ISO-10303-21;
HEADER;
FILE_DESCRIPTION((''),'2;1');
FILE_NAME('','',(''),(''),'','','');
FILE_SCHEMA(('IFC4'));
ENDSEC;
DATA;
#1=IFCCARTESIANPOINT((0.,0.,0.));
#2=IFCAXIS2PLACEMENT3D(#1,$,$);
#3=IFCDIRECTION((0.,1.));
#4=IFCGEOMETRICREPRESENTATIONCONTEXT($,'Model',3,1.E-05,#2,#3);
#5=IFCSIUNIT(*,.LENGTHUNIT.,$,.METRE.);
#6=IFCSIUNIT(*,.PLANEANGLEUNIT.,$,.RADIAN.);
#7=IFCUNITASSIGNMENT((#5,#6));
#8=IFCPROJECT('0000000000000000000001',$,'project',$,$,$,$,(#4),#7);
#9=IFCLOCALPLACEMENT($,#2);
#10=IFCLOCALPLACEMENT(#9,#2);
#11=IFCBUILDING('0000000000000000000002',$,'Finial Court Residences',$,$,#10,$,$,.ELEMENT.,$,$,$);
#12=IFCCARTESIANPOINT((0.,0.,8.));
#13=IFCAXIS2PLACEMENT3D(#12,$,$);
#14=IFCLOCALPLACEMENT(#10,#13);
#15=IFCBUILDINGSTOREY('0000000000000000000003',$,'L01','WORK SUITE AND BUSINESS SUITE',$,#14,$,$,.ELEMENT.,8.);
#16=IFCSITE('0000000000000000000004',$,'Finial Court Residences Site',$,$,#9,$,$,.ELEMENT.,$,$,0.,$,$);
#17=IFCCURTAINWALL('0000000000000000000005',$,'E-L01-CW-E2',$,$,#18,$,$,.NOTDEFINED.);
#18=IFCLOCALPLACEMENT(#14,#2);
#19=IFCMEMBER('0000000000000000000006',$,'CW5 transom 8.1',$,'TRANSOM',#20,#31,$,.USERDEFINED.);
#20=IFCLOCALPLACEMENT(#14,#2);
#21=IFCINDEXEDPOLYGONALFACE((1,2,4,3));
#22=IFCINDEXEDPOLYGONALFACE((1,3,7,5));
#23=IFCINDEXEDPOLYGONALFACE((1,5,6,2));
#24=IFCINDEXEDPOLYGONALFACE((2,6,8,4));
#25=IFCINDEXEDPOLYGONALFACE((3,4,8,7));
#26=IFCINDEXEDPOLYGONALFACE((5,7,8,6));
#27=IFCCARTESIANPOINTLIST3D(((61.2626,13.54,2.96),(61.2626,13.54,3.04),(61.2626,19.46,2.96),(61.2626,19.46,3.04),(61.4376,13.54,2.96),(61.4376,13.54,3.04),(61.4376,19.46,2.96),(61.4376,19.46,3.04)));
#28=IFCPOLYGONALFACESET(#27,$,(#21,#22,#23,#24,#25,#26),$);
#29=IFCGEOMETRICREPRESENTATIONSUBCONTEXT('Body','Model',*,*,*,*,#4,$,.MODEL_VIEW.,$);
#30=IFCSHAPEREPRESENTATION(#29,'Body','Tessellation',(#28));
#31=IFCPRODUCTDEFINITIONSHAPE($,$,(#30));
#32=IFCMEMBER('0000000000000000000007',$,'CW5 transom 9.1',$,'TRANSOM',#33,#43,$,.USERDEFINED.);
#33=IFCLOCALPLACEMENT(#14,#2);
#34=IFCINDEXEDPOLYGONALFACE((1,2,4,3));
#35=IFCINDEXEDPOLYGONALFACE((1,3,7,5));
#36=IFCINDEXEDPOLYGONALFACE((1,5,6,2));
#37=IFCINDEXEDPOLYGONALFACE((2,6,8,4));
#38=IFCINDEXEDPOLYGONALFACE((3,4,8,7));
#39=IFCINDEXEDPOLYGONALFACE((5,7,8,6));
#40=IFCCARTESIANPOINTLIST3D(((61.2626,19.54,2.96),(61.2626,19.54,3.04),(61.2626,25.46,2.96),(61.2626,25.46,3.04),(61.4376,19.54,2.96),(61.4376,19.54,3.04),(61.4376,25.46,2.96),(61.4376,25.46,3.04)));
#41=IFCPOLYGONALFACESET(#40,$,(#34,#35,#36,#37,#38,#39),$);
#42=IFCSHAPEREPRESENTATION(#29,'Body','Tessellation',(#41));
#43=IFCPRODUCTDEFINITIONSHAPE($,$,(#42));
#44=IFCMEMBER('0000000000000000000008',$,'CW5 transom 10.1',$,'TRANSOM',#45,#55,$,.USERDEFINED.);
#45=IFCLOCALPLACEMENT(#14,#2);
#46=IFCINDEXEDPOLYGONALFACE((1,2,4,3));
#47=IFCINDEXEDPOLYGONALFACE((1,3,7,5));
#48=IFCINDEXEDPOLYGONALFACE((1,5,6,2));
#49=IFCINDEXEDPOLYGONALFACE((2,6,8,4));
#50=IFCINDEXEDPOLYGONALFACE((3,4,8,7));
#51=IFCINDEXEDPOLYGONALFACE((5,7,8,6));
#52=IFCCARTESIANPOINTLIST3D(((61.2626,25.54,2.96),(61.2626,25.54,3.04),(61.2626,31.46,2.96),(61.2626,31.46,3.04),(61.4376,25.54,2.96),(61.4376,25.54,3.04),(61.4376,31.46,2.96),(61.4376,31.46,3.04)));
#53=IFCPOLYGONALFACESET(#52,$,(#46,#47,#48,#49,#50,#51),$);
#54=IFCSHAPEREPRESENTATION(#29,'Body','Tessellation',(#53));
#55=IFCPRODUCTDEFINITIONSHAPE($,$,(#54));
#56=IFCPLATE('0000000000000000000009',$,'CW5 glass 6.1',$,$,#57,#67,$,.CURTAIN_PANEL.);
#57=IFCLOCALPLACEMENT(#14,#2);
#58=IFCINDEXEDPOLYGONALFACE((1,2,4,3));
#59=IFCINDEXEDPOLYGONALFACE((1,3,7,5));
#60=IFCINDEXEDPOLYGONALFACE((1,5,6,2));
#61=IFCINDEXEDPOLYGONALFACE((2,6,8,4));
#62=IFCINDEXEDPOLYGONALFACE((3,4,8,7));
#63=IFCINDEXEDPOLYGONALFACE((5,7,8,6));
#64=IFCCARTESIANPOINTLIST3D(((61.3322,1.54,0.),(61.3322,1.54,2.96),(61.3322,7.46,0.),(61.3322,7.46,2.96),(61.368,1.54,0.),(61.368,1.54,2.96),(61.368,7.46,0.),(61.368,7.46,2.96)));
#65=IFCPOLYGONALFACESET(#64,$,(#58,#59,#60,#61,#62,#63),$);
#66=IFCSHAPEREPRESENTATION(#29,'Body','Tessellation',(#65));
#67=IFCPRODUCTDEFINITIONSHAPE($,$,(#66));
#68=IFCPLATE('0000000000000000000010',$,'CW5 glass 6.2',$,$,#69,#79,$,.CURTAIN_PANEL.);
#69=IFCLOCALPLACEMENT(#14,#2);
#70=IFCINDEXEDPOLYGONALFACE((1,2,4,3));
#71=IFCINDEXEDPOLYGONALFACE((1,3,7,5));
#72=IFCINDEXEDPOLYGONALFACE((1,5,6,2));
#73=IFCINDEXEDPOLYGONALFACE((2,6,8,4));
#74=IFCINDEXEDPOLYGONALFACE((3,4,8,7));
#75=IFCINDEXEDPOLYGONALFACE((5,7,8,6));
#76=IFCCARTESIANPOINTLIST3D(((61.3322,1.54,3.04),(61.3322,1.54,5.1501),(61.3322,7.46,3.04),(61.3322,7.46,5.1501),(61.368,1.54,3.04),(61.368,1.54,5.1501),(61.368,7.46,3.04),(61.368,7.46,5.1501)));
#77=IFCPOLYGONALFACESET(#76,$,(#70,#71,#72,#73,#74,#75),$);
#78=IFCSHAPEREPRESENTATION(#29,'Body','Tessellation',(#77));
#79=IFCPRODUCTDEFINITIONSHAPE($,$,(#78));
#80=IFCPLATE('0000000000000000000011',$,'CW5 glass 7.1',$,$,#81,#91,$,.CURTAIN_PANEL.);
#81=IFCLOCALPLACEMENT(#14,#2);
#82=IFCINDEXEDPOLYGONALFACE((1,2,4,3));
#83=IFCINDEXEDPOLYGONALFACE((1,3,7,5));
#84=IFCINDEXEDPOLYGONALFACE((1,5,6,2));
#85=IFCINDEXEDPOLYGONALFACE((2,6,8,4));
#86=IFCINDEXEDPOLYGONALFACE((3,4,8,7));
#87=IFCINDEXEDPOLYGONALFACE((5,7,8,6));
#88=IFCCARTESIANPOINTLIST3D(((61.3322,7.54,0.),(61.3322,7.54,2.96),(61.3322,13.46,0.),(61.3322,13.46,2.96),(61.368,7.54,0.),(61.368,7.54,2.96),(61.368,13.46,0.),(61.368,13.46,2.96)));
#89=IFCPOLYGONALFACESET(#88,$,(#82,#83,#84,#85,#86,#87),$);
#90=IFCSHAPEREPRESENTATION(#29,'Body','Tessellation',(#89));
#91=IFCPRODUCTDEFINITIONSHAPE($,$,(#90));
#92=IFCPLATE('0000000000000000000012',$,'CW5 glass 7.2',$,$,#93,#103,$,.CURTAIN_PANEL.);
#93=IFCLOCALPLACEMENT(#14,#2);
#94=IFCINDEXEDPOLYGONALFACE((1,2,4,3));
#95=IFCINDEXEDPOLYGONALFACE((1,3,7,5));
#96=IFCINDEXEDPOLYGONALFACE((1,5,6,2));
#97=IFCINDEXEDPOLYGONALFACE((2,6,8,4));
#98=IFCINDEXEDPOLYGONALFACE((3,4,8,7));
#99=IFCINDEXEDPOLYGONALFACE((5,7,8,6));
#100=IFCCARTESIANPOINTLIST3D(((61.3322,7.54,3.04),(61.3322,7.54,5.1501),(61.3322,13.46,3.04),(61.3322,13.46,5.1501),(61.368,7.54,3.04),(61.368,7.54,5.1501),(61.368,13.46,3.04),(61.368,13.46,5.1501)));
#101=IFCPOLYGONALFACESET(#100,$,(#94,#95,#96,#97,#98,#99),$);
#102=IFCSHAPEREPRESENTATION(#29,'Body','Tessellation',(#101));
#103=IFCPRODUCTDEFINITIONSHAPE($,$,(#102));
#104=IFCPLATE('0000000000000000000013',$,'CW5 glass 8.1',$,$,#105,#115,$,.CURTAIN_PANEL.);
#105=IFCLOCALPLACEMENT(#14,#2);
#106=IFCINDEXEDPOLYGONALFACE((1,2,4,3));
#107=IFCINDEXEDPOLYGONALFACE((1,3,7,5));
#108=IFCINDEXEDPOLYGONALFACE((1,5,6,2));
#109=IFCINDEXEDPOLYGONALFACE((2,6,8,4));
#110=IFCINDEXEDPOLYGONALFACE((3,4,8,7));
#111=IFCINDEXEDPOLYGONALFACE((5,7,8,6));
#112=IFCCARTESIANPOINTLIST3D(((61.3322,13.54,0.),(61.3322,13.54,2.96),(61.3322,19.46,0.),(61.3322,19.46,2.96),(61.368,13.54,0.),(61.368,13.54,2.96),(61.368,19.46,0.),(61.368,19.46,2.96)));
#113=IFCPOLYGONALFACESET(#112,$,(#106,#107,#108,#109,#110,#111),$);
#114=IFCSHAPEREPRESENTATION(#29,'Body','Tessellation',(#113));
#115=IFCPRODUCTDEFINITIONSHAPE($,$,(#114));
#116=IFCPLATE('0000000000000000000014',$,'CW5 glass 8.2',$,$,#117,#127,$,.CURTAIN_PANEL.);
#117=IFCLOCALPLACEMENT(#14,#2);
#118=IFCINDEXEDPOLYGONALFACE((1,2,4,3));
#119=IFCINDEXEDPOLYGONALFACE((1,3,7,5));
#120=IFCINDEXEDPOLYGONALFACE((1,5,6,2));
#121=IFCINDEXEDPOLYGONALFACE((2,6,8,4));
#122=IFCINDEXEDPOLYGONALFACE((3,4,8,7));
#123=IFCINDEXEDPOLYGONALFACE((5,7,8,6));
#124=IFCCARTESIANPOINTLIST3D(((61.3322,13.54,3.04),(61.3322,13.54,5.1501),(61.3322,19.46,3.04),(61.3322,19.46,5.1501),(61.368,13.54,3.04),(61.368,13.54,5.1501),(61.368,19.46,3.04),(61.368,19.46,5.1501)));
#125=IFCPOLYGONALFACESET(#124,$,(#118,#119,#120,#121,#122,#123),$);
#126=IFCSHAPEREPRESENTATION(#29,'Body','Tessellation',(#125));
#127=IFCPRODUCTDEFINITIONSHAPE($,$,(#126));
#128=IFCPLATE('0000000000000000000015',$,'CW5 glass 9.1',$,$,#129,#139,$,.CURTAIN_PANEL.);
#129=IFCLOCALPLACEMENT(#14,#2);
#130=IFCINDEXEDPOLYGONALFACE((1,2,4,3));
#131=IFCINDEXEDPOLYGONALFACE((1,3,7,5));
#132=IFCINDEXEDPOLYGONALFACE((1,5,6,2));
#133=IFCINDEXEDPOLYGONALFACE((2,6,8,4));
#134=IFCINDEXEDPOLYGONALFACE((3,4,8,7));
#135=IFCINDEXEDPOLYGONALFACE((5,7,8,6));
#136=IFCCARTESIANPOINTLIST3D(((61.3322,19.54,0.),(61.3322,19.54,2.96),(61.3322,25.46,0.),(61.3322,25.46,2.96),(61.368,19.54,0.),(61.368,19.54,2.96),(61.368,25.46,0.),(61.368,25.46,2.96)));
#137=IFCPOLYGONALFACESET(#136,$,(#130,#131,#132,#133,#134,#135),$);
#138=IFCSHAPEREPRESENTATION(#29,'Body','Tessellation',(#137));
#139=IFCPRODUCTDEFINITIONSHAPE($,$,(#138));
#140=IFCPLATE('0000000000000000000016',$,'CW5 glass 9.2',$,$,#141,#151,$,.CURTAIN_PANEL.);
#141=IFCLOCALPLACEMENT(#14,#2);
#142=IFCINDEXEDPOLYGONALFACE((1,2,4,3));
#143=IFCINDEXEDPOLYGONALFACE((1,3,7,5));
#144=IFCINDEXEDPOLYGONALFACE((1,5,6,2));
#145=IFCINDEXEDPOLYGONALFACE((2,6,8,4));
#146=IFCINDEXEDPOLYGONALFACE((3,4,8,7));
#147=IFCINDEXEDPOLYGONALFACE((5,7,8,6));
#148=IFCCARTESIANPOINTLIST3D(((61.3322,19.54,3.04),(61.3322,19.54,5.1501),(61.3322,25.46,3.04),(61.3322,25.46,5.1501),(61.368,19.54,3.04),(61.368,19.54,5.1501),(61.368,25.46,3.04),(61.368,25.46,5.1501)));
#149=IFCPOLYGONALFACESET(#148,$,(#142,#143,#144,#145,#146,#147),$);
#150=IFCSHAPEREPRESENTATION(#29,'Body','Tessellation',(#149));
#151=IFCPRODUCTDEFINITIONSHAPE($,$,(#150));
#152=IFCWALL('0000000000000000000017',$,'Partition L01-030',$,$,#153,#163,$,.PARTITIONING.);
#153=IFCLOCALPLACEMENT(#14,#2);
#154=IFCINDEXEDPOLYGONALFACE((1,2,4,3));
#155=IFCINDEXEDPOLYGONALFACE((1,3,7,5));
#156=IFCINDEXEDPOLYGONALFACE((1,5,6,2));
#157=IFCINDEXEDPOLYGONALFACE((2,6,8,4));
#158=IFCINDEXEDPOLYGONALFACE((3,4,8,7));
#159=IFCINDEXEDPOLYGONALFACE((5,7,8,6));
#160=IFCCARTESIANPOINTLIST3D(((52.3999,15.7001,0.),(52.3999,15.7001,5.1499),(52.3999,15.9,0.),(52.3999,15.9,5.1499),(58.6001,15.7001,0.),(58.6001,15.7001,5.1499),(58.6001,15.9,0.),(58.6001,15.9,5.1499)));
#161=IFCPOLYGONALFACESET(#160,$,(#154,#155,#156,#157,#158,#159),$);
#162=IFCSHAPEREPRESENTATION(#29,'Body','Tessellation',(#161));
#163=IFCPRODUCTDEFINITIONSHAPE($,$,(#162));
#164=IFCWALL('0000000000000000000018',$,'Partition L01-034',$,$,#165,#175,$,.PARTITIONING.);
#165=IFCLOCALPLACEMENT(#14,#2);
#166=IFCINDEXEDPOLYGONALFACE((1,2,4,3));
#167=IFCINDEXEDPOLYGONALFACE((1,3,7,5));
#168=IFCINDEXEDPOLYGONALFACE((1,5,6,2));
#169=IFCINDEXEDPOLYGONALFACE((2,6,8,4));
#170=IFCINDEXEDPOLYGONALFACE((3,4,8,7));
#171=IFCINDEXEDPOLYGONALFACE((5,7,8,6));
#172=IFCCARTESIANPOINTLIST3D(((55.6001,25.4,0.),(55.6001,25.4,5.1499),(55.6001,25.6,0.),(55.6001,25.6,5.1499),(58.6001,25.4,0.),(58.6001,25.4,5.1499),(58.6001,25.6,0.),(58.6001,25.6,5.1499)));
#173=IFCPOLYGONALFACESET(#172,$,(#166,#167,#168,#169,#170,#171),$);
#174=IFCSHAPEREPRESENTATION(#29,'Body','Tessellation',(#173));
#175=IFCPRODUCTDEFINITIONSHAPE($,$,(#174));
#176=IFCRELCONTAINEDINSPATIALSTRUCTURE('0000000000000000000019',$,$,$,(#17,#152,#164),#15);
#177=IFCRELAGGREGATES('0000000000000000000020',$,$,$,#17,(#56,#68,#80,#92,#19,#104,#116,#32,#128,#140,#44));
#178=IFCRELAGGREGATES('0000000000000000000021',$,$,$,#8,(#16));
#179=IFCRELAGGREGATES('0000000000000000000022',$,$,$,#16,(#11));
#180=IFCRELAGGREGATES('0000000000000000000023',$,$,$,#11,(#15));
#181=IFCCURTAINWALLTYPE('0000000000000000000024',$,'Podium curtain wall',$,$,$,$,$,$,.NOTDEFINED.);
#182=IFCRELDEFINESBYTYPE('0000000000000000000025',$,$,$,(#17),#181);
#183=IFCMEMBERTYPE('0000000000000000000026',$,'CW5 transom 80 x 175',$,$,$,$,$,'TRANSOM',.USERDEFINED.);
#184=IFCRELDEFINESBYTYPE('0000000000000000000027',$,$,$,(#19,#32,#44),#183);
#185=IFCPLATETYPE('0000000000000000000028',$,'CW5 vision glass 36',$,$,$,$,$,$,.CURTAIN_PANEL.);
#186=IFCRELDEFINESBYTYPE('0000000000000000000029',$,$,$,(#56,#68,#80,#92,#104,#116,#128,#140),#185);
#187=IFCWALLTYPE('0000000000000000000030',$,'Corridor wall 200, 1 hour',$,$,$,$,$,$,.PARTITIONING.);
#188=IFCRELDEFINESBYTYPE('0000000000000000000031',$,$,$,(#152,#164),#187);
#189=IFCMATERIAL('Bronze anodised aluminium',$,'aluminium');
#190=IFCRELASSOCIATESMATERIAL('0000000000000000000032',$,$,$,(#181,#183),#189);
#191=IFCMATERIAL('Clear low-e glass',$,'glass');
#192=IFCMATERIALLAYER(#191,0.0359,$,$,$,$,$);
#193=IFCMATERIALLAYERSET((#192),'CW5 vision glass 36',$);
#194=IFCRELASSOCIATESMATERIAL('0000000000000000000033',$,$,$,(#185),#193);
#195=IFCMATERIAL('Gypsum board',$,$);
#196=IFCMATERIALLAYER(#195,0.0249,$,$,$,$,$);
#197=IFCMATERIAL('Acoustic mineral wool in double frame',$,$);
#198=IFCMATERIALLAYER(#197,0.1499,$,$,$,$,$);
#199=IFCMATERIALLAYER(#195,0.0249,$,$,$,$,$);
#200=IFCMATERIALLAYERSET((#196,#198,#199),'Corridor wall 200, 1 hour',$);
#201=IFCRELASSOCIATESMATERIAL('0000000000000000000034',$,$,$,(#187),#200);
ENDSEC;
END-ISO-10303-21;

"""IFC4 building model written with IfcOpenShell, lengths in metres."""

from ifc_helpers import new_model, si_unit, direction, frame, frame_2d, origin, origin_2d, place, context, subcontext, project, spatial, rectangle, extrude, material, layer, layer_set, material_profile, profile_set, type_object, element, aggregate, save


model = new_model("IFC4")

# Units and contexts
model_context = context("Model", 3, precision=1e-05, world=origin(), true_north=direction((0.0, 1.0)))
body_context = subcontext(model_context, "Body", "Model", "MODEL_VIEW")
ifc_project = project(units=[si_unit("LENGTHUNIT", "METRE"), si_unit("PLANEANGLEUNIT", "RADIAN")], contexts=[model_context])

# Site, building, storey
site_placement = place(None, origin())
site = spatial("IfcSite", under=ifc_project, at=site_placement, Name="Finial Court Residences Site", CompositionType="ELEMENT", RefElevation=0.0)
building_placement = place(site_placement, origin())
building = spatial("IfcBuilding", under=site, at=building_placement, Name="Finial Court Residences", CompositionType="ELEMENT")
storey_placement = place(building_placement, frame((0.0, 0.0, 8.0)))
storey = spatial("IfcBuildingStorey", under=building, at=storey_placement, Name="L01", Description="WORK SUITE AND BUSINESS SUITE", CompositionType="ELEMENT", Elevation=8.0)

# Curtain wall, members, plates
ifc_material_1 = material(Name="Bronze anodised aluminium", Category="aluminium")
curtain_wall_type = type_object("IfcCurtainWallType", Name="Podium curtain wall", PredefinedType="NOTDEFINED", material=ifc_material_1)
curtain_wall_placement = place(storey_placement, origin())
curtain_wall = element("IfcCurtainWall", 1, at=curtain_wall_placement, inside=storey, type_object=curtain_wall_type, Name="E-L01-CW-E2", PredefinedType="NOTDEFINED")
ifc_material_profile_1 = material_profile(ifc_material_1, rectangle(XDim=0.175, YDim=0.0801, at=origin_2d()), Name="CW5 transom 80 x 175")
ifc_profile_set_1 = profile_set([ifc_material_profile_1], Name="Bronze anodised aluminium")
member_type_1 = type_object("IfcMemberType", Name="CW5 transom 80 x 175", ElementType="TRANSOM", PredefinedType="USERDEFINED", material=ifc_profile_set_1)
member_1_placement = place(storey_placement, frame((61.3501, 13.54, 3.0), z_axis=(0.0, 1.0, 0.0), x_axis=(-1.0, 0.0, 0.0)))
member_1 = element("IfcMember", 2, at=member_1_placement, type_object=member_type_1, Name="CW5 transom 8.1", ObjectType="TRANSOM", PredefinedType="USERDEFINED", context=body_context, shape_type="SweptSolid", body=[
    extrude(rectangle(XDim=0.175, YDim=0.0801, at=origin_2d()), origin(), (0.0, 0.0, 1.0), 5.9199),
])
member_2_placement = place(storey_placement, frame((61.3501, 19.54, 3.0), z_axis=(0.0, 1.0, 0.0), x_axis=(-1.0, 0.0, 0.0)))
member_2 = element("IfcMember", 3, at=member_2_placement, type_object=member_type_1, Name="CW5 transom 9.1", ObjectType="TRANSOM", PredefinedType="USERDEFINED", context=body_context, shape_type="SweptSolid", body=[
    extrude(rectangle(XDim=0.175, YDim=0.0801, at=origin_2d()), origin(), (0.0, 0.0, 1.0), 5.9199),
])
member_3_placement = place(storey_placement, frame((61.3501, 25.54, 3.0), z_axis=(0.0, 1.0, 0.0), x_axis=(-1.0, 0.0, 0.0)))
member_3 = element("IfcMember", 4, at=member_3_placement, type_object=member_type_1, Name="CW5 transom 10.1", ObjectType="TRANSOM", PredefinedType="USERDEFINED", context=body_context, shape_type="SweptSolid", body=[
    extrude(rectangle(XDim=0.175, YDim=0.0801, at=origin_2d()), origin(), (0.0, 0.0, 1.0), 5.9199),
])
ifc_material_2 = material(Name="Clear low-e glass", Category="glass")
ifc_layer_1 = layer(ifc_material_2, 0.0359)
ifc_layer_set_1 = layer_set([ifc_layer_1], Name="CW5 vision glass 36")
plate_type = type_object("IfcPlateType", Name="CW5 vision glass 36", PredefinedType="CURTAIN_PANEL", material=ifc_layer_set_1)
plate_1_placement = place(storey_placement, frame((61.3501, 4.5, 0.0), z_axis=(0.0, 0.0, 1.0), x_axis=(0.0, 1.0, 0.0)))
plate_1 = element("IfcPlate", 5, at=plate_1_placement, type_object=plate_type, Name="CW5 glass 6.1", PredefinedType="CURTAIN_PANEL", context=body_context, shape_type="SweptSolid", body=[
    extrude(rectangle(XDim=5.9199, YDim=0.0359, at=origin_2d()), origin(), (0.0, 0.0, 1.0), 2.96),
])
plate_2_placement = place(storey_placement, frame((61.3501, 4.5, 3.04), z_axis=(0.0, 0.0, 1.0), x_axis=(0.0, 1.0, 0.0)))
plate_2 = element("IfcPlate", 6, at=plate_2_placement, type_object=plate_type, Name="CW5 glass 6.2", PredefinedType="CURTAIN_PANEL", context=body_context, shape_type="SweptSolid", body=[
    extrude(rectangle(XDim=5.9199, YDim=0.0359, at=origin_2d()), origin(), (0.0, 0.0, 1.0), 2.1101),
])
plate_3_placement = place(storey_placement, frame((61.3501, 10.5, 0.0), z_axis=(0.0, 0.0, 1.0), x_axis=(0.0, 1.0, 0.0)))
plate_3 = element("IfcPlate", 7, at=plate_3_placement, type_object=plate_type, Name="CW5 glass 7.1", PredefinedType="CURTAIN_PANEL", context=body_context, shape_type="SweptSolid", body=[
    extrude(rectangle(XDim=5.9199, YDim=0.0359, at=origin_2d()), origin(), (0.0, 0.0, 1.0), 2.96),
])
plate_4_placement = place(storey_placement, frame((61.3501, 10.5, 3.04), z_axis=(0.0, 0.0, 1.0), x_axis=(0.0, 1.0, 0.0)))
plate_4 = element("IfcPlate", 8, at=plate_4_placement, type_object=plate_type, Name="CW5 glass 7.2", PredefinedType="CURTAIN_PANEL", context=body_context, shape_type="SweptSolid", body=[
    extrude(rectangle(XDim=5.9199, YDim=0.0359, at=origin_2d()), origin(), (0.0, 0.0, 1.0), 2.1101),
])
plate_5_placement = place(storey_placement, frame((61.3501, 16.5, 0.0), z_axis=(0.0, 0.0, 1.0), x_axis=(0.0, 1.0, 0.0)))
plate_5 = element("IfcPlate", 9, at=plate_5_placement, type_object=plate_type, Name="CW5 glass 8.1", PredefinedType="CURTAIN_PANEL", context=body_context, shape_type="SweptSolid", body=[
    extrude(rectangle(XDim=5.9199, YDim=0.0359, at=origin_2d()), origin(), (0.0, 0.0, 1.0), 2.96),
])
plate_6_placement = place(storey_placement, frame((61.3501, 16.5, 3.04), z_axis=(0.0, 0.0, 1.0), x_axis=(0.0, 1.0, 0.0)))
plate_6 = element("IfcPlate", 10, at=plate_6_placement, type_object=plate_type, Name="CW5 glass 8.2", PredefinedType="CURTAIN_PANEL", context=body_context, shape_type="SweptSolid", body=[
    extrude(rectangle(XDim=5.9199, YDim=0.0359, at=origin_2d()), origin(), (0.0, 0.0, 1.0), 2.1101),
])
plate_7_placement = place(storey_placement, frame((61.3501, 22.5, 0.0), z_axis=(0.0, 0.0, 1.0), x_axis=(0.0, 1.0, 0.0)))
plate_7 = element("IfcPlate", 11, at=plate_7_placement, type_object=plate_type, Name="CW5 glass 9.1", PredefinedType="CURTAIN_PANEL", context=body_context, shape_type="SweptSolid", body=[
    extrude(rectangle(XDim=5.9199, YDim=0.0359, at=origin_2d()), origin(), (0.0, 0.0, 1.0), 2.96),
])
plate_8_placement = place(storey_placement, frame((61.3501, 22.5, 3.04), z_axis=(0.0, 0.0, 1.0), x_axis=(0.0, 1.0, 0.0)))
plate_8 = element("IfcPlate", 12, at=plate_8_placement, type_object=plate_type, Name="CW5 glass 9.2", PredefinedType="CURTAIN_PANEL", context=body_context, shape_type="SweptSolid", body=[
    extrude(rectangle(XDim=5.9199, YDim=0.0359, at=origin_2d()), origin(), (0.0, 0.0, 1.0), 2.1101),
])
aggregate(curtain_wall, [plate_1, plate_2, plate_3, plate_4, member_1, plate_5, plate_6, member_2, plate_7, plate_8, member_3])

# Walls
ifc_material_3 = material(Name="Gypsum board")
ifc_layer_2 = layer(ifc_material_3, 0.0249)
ifc_material_4 = material(Name="Acoustic mineral wool in double frame")
ifc_layer_3 = layer(ifc_material_4, 0.1499)
ifc_layer_4 = layer(ifc_material_3, 0.0249)
ifc_layer_set_2 = layer_set([ifc_layer_2, ifc_layer_3, ifc_layer_4], Name="Corridor wall 200, 1 hour")
wall_type = type_object("IfcWallType", Name="Corridor wall 200, 1 hour", PredefinedType="PARTITIONING", material=ifc_layer_set_2)
wall_1_placement = place(storey_placement, frame((52.3999, 15.8, 0.0), z_axis=(0.0, 0.0, 1.0), x_axis=(1.0, 0.0, 0.0)))
element("IfcWall", 13, at=wall_1_placement, inside=storey, type_object=wall_type, Name="Partition L01-030", PredefinedType="PARTITIONING", context=body_context, shape_type="SweptSolid", body=[
    extrude(rectangle(XDim=6.2002, YDim=0.2, at=frame_2d((3.1001, 0.0))), origin(), (0.0, 0.0, 1.0), 5.1499),
])
wall_2_placement = place(storey_placement, frame((55.6001, 25.5, 0.0), z_axis=(0.0, 0.0, 1.0), x_axis=(1.0, 0.0, 0.0)))
element("IfcWall", 14, at=wall_2_placement, inside=storey, type_object=wall_type, Name="Partition L01-034", PredefinedType="PARTITIONING", context=body_context, shape_type="SweptSolid", body=[
    extrude(rectangle(XDim=3.0, YDim=0.2, at=frame_2d((1.5, 0.0))), origin(), (0.0, 0.0, 1.0), 5.1499),
])

save(model, "model.ifc")
